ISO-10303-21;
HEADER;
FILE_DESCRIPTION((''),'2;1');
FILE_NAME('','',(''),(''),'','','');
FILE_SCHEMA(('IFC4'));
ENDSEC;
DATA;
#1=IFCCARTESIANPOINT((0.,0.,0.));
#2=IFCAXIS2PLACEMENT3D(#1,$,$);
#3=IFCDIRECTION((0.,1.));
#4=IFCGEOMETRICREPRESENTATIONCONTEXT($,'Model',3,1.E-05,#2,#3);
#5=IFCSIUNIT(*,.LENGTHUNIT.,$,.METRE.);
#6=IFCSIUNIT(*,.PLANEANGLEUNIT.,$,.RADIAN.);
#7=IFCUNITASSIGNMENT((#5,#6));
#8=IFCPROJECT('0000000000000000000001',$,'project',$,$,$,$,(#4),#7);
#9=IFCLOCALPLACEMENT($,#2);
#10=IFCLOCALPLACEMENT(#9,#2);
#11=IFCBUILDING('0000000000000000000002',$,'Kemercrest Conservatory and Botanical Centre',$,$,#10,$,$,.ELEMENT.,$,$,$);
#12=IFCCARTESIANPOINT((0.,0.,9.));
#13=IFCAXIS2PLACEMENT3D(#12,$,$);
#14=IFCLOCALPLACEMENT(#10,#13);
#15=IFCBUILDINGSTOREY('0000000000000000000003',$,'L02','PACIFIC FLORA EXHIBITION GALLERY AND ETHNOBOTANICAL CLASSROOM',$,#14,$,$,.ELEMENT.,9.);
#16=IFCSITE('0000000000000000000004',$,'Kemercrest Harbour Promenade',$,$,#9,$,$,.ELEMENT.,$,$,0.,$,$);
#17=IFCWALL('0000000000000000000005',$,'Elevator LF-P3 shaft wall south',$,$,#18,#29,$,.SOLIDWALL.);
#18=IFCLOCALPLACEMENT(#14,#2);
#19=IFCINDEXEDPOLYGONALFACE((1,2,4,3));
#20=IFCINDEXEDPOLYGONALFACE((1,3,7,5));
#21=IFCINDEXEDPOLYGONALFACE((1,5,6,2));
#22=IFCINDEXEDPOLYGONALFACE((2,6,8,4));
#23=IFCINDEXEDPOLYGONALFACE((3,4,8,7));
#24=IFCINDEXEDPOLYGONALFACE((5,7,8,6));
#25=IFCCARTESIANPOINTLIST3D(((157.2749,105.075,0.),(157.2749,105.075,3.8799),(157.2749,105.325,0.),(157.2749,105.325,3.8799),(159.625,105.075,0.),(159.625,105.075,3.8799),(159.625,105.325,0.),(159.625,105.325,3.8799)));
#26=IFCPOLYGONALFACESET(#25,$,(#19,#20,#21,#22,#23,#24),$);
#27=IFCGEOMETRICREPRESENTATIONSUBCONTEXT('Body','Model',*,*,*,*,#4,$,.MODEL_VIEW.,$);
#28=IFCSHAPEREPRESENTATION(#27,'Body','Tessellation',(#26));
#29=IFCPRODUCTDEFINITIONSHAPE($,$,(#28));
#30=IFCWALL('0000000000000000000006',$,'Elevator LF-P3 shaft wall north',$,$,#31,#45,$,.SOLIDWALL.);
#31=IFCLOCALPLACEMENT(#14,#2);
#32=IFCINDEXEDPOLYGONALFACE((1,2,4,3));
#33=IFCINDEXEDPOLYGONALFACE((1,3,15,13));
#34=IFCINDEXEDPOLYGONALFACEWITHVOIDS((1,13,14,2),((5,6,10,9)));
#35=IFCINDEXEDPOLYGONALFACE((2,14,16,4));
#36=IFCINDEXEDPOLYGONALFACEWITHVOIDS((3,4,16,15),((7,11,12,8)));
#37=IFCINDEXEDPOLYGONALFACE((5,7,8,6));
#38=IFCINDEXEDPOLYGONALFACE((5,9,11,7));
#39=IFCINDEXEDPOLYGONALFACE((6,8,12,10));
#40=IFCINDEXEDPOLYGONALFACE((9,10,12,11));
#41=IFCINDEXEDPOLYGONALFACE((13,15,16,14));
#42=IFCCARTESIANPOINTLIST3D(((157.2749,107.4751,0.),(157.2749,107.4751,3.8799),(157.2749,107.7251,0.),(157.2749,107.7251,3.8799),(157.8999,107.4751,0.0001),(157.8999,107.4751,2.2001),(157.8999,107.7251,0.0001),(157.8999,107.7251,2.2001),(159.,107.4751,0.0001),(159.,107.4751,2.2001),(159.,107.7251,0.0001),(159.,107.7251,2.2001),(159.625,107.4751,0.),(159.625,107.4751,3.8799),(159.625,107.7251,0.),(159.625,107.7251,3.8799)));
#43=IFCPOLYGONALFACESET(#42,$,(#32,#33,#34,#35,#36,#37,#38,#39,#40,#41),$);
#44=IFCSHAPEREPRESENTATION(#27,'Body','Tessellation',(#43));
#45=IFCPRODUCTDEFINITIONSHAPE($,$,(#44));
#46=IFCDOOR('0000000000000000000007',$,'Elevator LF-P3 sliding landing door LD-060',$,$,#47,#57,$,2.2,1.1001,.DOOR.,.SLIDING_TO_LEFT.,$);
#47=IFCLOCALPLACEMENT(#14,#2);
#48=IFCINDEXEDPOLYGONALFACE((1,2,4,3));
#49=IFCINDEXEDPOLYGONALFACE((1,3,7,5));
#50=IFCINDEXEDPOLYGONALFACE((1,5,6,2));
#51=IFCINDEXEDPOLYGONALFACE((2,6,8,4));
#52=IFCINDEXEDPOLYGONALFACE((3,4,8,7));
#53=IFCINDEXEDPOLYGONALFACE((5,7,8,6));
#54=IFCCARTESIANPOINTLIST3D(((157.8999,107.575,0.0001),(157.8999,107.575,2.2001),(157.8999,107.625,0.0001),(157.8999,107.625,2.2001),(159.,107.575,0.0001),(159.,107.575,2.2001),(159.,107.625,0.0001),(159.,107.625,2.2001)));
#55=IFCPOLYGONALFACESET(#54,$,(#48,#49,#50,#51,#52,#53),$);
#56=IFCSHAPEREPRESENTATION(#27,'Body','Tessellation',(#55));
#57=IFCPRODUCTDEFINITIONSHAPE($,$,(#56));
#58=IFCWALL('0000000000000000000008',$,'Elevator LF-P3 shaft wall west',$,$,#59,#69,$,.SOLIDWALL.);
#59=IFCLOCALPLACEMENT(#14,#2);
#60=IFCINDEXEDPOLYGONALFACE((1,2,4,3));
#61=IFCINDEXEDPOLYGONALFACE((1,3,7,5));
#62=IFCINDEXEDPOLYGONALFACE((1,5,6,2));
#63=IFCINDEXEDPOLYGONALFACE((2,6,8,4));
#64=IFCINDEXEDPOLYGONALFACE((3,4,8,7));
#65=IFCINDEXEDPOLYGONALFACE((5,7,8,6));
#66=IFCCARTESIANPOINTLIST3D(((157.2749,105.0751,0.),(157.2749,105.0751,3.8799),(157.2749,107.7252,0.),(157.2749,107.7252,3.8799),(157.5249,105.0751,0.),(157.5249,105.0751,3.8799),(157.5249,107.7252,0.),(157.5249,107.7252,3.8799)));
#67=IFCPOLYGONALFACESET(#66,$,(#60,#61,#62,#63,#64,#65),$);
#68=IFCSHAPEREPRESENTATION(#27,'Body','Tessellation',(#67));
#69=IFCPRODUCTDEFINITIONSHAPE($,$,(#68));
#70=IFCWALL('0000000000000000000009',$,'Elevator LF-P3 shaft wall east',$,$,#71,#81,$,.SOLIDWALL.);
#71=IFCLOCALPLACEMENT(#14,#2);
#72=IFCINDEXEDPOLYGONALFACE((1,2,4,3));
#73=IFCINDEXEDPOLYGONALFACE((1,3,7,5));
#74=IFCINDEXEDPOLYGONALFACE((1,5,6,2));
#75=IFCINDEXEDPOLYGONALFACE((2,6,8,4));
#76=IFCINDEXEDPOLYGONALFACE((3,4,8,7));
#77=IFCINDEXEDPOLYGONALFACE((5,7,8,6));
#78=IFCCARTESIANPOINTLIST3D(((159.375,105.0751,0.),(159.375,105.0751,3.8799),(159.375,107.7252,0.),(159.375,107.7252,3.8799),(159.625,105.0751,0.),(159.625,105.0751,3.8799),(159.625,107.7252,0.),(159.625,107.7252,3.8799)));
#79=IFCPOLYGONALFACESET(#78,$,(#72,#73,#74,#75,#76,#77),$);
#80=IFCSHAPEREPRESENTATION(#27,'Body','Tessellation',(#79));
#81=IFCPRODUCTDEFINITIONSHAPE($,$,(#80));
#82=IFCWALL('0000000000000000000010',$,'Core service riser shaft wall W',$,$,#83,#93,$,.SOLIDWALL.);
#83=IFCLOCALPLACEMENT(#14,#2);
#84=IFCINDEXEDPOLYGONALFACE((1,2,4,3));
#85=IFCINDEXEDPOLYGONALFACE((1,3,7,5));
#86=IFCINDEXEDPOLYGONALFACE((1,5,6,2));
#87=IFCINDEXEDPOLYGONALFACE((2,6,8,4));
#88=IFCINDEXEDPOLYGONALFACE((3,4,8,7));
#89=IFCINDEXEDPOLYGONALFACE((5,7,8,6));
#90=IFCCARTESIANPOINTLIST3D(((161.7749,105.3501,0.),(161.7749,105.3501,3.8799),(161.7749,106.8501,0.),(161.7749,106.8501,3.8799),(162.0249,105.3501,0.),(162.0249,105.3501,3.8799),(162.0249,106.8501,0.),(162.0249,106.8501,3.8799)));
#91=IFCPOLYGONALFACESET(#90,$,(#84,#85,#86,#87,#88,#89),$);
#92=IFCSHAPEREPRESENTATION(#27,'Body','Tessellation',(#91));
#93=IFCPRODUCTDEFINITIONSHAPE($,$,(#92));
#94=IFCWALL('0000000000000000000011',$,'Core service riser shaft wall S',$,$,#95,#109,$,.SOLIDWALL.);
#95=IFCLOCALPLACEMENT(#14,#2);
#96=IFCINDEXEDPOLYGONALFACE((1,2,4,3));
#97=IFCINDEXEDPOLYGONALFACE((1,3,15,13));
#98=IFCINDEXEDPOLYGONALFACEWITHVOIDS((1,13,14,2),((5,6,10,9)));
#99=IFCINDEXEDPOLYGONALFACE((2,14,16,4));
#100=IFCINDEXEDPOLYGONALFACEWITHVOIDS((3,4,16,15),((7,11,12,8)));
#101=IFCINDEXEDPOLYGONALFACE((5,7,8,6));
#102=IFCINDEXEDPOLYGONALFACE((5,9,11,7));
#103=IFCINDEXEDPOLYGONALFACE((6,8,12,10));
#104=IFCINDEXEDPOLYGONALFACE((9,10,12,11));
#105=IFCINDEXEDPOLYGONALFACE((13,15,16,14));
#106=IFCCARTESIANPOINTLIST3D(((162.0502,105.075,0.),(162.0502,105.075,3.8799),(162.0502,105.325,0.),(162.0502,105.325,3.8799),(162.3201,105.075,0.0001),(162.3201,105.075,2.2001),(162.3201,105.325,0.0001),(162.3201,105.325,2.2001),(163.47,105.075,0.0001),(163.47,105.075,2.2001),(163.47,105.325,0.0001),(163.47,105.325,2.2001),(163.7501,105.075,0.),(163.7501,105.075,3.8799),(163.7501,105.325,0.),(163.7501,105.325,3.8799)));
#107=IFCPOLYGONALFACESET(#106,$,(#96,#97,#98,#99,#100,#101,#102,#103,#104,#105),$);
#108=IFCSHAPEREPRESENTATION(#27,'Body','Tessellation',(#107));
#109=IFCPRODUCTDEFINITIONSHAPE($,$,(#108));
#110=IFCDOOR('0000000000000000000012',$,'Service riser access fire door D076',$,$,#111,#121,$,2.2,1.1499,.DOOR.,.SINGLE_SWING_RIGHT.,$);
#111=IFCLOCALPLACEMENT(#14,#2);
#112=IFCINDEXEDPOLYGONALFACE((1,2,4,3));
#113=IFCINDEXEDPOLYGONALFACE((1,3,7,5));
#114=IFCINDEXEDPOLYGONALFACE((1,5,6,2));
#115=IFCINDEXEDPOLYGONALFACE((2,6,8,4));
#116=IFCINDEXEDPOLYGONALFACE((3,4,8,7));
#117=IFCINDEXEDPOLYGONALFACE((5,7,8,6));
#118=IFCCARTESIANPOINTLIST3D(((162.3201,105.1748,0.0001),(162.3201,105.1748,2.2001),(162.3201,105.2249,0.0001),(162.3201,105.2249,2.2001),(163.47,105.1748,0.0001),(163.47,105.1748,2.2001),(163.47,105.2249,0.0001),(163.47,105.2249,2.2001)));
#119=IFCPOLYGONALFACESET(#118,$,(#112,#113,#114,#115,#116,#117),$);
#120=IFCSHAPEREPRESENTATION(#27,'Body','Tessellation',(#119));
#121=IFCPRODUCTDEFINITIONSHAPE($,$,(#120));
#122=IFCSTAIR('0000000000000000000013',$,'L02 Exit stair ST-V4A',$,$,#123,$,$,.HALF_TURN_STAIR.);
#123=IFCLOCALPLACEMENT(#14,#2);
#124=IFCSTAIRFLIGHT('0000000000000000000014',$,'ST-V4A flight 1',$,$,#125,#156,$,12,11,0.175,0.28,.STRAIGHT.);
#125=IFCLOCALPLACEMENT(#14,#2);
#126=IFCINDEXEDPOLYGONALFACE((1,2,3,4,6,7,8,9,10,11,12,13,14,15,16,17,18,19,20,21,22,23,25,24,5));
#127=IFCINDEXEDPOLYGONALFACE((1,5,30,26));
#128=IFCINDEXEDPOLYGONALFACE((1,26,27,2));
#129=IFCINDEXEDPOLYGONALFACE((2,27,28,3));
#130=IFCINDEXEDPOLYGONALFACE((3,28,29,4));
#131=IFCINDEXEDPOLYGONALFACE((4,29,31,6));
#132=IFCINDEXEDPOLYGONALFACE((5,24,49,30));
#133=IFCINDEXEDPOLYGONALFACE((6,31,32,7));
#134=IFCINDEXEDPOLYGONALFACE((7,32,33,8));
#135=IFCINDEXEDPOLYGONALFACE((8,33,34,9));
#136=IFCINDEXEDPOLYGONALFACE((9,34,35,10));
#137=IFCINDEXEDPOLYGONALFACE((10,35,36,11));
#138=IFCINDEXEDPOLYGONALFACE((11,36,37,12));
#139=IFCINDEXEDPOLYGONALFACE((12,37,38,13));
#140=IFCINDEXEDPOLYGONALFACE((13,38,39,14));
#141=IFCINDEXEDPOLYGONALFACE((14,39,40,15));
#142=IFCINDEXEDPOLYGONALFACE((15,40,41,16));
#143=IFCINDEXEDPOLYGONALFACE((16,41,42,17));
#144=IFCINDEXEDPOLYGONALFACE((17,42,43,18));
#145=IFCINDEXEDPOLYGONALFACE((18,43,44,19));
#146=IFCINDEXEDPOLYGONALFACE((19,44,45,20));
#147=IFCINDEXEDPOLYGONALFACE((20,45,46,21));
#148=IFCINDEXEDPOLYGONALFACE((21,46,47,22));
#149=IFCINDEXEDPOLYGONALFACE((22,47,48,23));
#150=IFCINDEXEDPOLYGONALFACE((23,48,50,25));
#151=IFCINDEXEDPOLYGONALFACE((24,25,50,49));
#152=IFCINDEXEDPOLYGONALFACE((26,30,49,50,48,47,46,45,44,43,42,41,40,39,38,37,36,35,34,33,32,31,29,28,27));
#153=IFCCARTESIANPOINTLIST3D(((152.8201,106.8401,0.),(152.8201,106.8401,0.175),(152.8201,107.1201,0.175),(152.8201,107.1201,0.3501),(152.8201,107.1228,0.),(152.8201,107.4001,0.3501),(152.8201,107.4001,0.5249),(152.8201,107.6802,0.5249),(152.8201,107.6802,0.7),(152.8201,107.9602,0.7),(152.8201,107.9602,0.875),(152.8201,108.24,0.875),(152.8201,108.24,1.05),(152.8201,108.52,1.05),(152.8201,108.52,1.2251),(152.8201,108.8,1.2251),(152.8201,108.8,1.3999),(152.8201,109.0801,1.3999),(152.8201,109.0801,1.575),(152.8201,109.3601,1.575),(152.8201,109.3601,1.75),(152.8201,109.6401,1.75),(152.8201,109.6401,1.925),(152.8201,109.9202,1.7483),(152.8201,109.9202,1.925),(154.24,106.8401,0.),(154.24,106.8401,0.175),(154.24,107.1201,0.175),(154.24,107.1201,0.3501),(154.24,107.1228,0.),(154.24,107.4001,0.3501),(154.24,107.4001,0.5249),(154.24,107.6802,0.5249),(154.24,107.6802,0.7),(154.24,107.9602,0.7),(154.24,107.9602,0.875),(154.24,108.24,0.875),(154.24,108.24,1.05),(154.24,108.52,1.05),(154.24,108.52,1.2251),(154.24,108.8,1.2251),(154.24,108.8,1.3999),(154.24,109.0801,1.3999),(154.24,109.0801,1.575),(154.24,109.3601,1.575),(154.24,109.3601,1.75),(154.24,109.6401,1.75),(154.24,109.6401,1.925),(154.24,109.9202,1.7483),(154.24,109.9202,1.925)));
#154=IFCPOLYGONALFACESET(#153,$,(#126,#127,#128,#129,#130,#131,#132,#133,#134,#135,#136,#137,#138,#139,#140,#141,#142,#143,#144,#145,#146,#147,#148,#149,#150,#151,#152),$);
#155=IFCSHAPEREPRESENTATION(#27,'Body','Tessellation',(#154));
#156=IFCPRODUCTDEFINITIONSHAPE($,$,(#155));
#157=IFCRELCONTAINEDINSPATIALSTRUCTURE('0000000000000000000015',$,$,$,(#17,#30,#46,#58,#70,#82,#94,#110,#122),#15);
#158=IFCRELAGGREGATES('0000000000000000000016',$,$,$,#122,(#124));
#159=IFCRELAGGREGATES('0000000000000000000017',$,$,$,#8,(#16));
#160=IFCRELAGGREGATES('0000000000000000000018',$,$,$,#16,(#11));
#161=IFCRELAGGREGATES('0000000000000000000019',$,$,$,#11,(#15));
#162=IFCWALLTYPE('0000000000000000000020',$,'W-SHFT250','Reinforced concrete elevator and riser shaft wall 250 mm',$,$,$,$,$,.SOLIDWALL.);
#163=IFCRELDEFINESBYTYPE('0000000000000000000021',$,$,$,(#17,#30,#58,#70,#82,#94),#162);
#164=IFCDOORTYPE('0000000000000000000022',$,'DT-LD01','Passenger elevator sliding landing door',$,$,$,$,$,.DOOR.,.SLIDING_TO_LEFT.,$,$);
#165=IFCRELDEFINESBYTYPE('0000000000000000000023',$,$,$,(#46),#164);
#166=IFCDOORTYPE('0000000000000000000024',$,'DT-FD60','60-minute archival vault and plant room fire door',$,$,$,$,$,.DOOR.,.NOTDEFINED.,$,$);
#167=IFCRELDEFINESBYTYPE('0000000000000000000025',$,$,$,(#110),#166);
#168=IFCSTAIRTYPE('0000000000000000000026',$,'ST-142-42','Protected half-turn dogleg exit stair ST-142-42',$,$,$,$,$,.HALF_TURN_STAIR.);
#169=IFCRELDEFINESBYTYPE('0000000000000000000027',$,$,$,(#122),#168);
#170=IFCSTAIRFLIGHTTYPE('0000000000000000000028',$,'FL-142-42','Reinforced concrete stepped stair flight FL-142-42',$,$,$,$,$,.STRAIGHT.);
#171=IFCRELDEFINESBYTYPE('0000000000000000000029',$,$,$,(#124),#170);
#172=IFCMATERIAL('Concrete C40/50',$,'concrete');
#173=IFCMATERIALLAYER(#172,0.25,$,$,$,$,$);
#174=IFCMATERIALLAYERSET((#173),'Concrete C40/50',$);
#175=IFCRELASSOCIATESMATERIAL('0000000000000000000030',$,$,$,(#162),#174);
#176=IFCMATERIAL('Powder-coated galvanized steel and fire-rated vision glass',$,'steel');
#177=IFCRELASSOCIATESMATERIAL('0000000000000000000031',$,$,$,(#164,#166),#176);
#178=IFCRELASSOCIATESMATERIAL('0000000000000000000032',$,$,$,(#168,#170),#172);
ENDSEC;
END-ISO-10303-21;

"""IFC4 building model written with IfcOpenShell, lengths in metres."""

from ifc_helpers import new_model, si_unit, direction, frame, frame_2d, origin, place, context, subcontext, project, spatial, polyline, rectangle, outline, extrude, material, layer, layer_set, type_object, element, fill, aggregate, save


model = new_model("IFC4")

# Units and contexts
model_context = context("Model", 3, precision=1e-05, world=origin(), true_north=direction((0.0, 1.0)))
body_context = subcontext(model_context, "Body", "Model", "MODEL_VIEW")
ifc_project = project(units=[si_unit("LENGTHUNIT", "METRE"), si_unit("PLANEANGLEUNIT", "RADIAN")], contexts=[model_context])

# Site, building, storey
site_placement = place(None, origin())
site = spatial("IfcSite", under=ifc_project, at=site_placement, Name="Kemercrest Harbour Promenade", CompositionType="ELEMENT", RefElevation=0.0)
building_placement = place(site_placement, origin())
building = spatial("IfcBuilding", under=site, at=building_placement, Name="Kemercrest Conservatory and Botanical Centre", CompositionType="ELEMENT")
storey_placement = place(building_placement, frame((0.0, 0.0, 9.0)))
storey = spatial("IfcBuildingStorey", under=building, at=storey_placement, Name="L02", Description="PACIFIC FLORA EXHIBITION GALLERY AND ETHNOBOTANICAL CLASSROOM", CompositionType="ELEMENT", Elevation=9.0)

# Shared definitions
ifc_material_1 = material(Name="Concrete C40/50", Category="concrete")

# Shared definitions
ifc_material_2 = material(Name="Powder-coated galvanized steel and fire-rated vision glass", Category="steel")

# Wall
ifc_layer_1 = layer(ifc_material_1, 0.25)
ifc_layer_set_1 = layer_set([ifc_layer_1], Name="Concrete C40/50")
wall_type_1 = type_object("IfcWallType", Name="W-SHFT250", Description="Reinforced concrete elevator and riser shaft wall 250 mm", PredefinedType="SOLIDWALL", material=ifc_layer_set_1)
wall_1_placement = place(storey_placement, frame((157.2749, 105.2, 0.0), z_axis=(0.0, 0.0, 1.0), x_axis=(1.0, 0.0, 0.0)))
element("IfcWall", 1, at=wall_1_placement, inside=storey, type_object=wall_type_1, Name="Elevator LF-P3 shaft wall south", PredefinedType="SOLIDWALL", context=body_context, shape_type="SweptSolid", body=[
    extrude(rectangle(XDim=2.3501, YDim=0.25, at=frame_2d((1.175, 0.0))), origin(), (0.0, 0.0, 1.0), 3.8799),
])

# Wall, opening, door
wall_2_placement = place(storey_placement, frame((157.2749, 107.6001, 0.0), z_axis=(0.0, 0.0, 1.0), x_axis=(1.0, 0.0, 0.0)))
wall_2 = element("IfcWall", 2, at=wall_2_placement, inside=storey, type_object=wall_type_1, Name="Elevator LF-P3 shaft wall north", PredefinedType="SOLIDWALL", context=body_context, shape_type="SweptSolid", body=[
    extrude(rectangle(XDim=2.3501, YDim=0.25, at=frame_2d((1.175, 0.0))), origin(), (0.0, 0.0, 1.0), 3.8799),
])
opening_1_placement = place(wall_2_placement, frame((0.625, 0.0, 0.0)))
opening_1 = element("IfcOpeningElement", 3, at=opening_1_placement, cuts=wall_2, PredefinedType="OPENING", context=body_context, shape_type="SweptSolid", body=[
    extrude(rectangle(XDim=1.1001, YDim=2.2, at=frame_2d((0.55, 1.1001))), frame((0.0, 0.135, 0.0), z_axis=(0.0, -1.0, 0.0), x_axis=(1.0, 0.0, 0.0)), (0.0, 0.0, 1.0), 0.27),
])
door_type_1 = type_object("IfcDoorType", Name="DT-LD01", Description="Passenger elevator sliding landing door", OperationType="SLIDING_TO_LEFT", PredefinedType="DOOR", material=ifc_material_2)
door_1_placement = place(opening_1_placement, origin())
door_1 = element("IfcDoor", 4, at=door_1_placement, inside=storey, type_object=door_type_1, Name="Elevator LF-P3 sliding landing door LD-060", OperationType="SLIDING_TO_LEFT", OverallHeight=2.2, OverallWidth=1.1001, PredefinedType="DOOR", context=body_context, shape_type="SweptSolid", body=[
    extrude(rectangle(XDim=1.1001, YDim=2.2, at=frame_2d((0.55, 1.1001))), frame((0.0, 0.0249, 0.0), z_axis=(0.0, -1.0, 0.0), x_axis=(1.0, 0.0, 0.0)), (0.0, 0.0, 1.0), 0.05),
])
fill(opening_1, door_1)

# Walls
for number, where, z_axis, x_axis, name in (
    (5, (157.3999, 105.075, 0.0), (0.0, 0.0, 1.0), (0.0, 1.0, 0.0), "Elevator LF-P3 shaft wall west"),
    (6, (159.5, 105.075, 0.0), (0.0, 0.0, 1.0), (0.0, 1.0, 0.0), "Elevator LF-P3 shaft wall east"),
):
    element("IfcWall", number, at=place(storey_placement, frame(where, z_axis=z_axis, x_axis=x_axis)), inside=storey, type_object=wall_type_1, Name=name, PredefinedType="SOLIDWALL", context=body_context, shape_type="SweptSolid", body=[
        extrude(rectangle(XDim=2.6501, YDim=0.25, at=frame_2d((1.3252, 0.0))), origin(), (0.0, 0.0, 1.0), 3.8799),
    ])
wall_3_placement = place(storey_placement, frame((161.8999, 105.3501, 0.0), z_axis=(0.0, 0.0, 1.0), x_axis=(0.0, 1.0, 0.0)))
element("IfcWall", 7, at=wall_3_placement, inside=storey, type_object=wall_type_1, Name="Core service riser shaft wall W", PredefinedType="SOLIDWALL", context=body_context, shape_type="SweptSolid", body=[
    extrude(rectangle(XDim=1.5, YDim=0.25, at=frame_2d((0.75, 0.0))), origin(), (0.0, 0.0, 1.0), 3.8799),
])

# Wall, opening, door
wall_4_placement = place(storey_placement, frame((162.05, 105.2, 0.0), z_axis=(0.0, 0.0, 1.0), x_axis=(1.0, 0.0, 0.0)))
wall_4 = element("IfcWall", 8, at=wall_4_placement, inside=storey, type_object=wall_type_1, Name="Core service riser shaft wall S", PredefinedType="SOLIDWALL", context=body_context, shape_type="SweptSolid", body=[
    extrude(rectangle(XDim=1.7, YDim=0.25, at=frame_2d((0.8501, 0.0))), origin(), (0.0, 0.0, 1.0), 3.8799),
])
opening_2_placement = place(wall_4_placement, frame((0.27, 0.0, 0.0)))
opening_2 = element("IfcOpeningElement", 9, at=opening_2_placement, cuts=wall_4, PredefinedType="OPENING", context=body_context, shape_type="SweptSolid", body=[
    extrude(rectangle(XDim=1.1499, YDim=2.2, at=frame_2d((0.575, 1.1001))), frame((0.0, 0.135, 0.0), z_axis=(0.0, -1.0, 0.0), x_axis=(1.0, 0.0, 0.0)), (0.0, 0.0, 1.0), 0.27),
])
door_type_2 = type_object("IfcDoorType", Name="DT-FD60", Description="60-minute archival vault and plant room fire door", OperationType="NOTDEFINED", PredefinedType="DOOR", material=ifc_material_2)
door_2_placement = place(opening_2_placement, origin())
door_2 = element("IfcDoor", 10, at=door_2_placement, inside=storey, type_object=door_type_2, Name="Service riser access fire door D076", OperationType="SINGLE_SWING_RIGHT", OverallHeight=2.2, OverallWidth=1.1499, PredefinedType="DOOR", context=body_context, shape_type="SweptSolid", body=[
    extrude(rectangle(XDim=1.1499, YDim=2.2, at=frame_2d((0.575, 1.1001))), frame((0.0, 0.0249, 0.0), z_axis=(0.0, -1.0, 0.0), x_axis=(1.0, 0.0, 0.0)), (0.0, 0.0, 1.0), 0.05),
])
fill(opening_2, door_2)

# Stair, stair flight
stair_type = type_object("IfcStairType", Name="ST-142-42", Description="Protected half-turn dogleg exit stair ST-142-42", PredefinedType="HALF_TURN_STAIR", material=ifc_material_1)
stair_placement = place(storey_placement, origin())
stair = element("IfcStair", 11, at=stair_placement, inside=storey, type_object=stair_type, Name="L02 Exit stair ST-V4A", PredefinedType="HALF_TURN_STAIR")
stair_flight_type = type_object("IfcStairFlightType", Name="FL-142-42", Description="Reinforced concrete stepped stair flight FL-142-42", PredefinedType="STRAIGHT", material=ifc_material_1)
stair_flight_1_placement = place(storey_placement, frame((153.53, 106.8401, 0.0), z_axis=(0.0, 0.0, 1.0), x_axis=(0.0, 1.0, 0.0)))
stair_flight_1 = element("IfcStairFlight", 12, at=stair_flight_1_placement, type_object=stair_flight_type, Name="ST-V4A flight 1", NumberOfRisers=12, NumberOfTreads=11, PredefinedType="STRAIGHT", RiserHeight=0.175, TreadLength=0.28, context=body_context, shape_type="SweptSolid", body=[
    extrude(outline(polyline([(0.0, 0.0), (0.0, 0.175), (0.28, 0.175), (0.28, 0.3501), (0.5601, 0.3501), (0.5601, 0.5249), (0.8401, 0.5249), (0.8401, 0.7), (1.1201, 0.7), (1.1201, 0.875), (1.3999, 0.875), (1.3999, 1.05), (1.6799, 1.05), (1.6799, 1.2251), (1.96, 1.2251), (1.96, 1.3999), (2.24, 1.3999), (2.24, 1.575), (2.52, 1.575), (2.52, 1.75), (2.8, 1.75), (2.8, 1.925), (3.0801, 1.925), (3.0801, 2.1001), (3.0801, 1.7483), (0.2827, 0.0), (0.0, 0.0)])), frame((0.0, 0.71, 0.0), z_axis=(0.0, -1.0, 0.0), x_axis=(1.0, 0.0, 0.0)), (0.0, 0.0, 1.0), 1.4199),
])
aggregate(stair, [stair_flight_1])

save(model, "model.ifc")
